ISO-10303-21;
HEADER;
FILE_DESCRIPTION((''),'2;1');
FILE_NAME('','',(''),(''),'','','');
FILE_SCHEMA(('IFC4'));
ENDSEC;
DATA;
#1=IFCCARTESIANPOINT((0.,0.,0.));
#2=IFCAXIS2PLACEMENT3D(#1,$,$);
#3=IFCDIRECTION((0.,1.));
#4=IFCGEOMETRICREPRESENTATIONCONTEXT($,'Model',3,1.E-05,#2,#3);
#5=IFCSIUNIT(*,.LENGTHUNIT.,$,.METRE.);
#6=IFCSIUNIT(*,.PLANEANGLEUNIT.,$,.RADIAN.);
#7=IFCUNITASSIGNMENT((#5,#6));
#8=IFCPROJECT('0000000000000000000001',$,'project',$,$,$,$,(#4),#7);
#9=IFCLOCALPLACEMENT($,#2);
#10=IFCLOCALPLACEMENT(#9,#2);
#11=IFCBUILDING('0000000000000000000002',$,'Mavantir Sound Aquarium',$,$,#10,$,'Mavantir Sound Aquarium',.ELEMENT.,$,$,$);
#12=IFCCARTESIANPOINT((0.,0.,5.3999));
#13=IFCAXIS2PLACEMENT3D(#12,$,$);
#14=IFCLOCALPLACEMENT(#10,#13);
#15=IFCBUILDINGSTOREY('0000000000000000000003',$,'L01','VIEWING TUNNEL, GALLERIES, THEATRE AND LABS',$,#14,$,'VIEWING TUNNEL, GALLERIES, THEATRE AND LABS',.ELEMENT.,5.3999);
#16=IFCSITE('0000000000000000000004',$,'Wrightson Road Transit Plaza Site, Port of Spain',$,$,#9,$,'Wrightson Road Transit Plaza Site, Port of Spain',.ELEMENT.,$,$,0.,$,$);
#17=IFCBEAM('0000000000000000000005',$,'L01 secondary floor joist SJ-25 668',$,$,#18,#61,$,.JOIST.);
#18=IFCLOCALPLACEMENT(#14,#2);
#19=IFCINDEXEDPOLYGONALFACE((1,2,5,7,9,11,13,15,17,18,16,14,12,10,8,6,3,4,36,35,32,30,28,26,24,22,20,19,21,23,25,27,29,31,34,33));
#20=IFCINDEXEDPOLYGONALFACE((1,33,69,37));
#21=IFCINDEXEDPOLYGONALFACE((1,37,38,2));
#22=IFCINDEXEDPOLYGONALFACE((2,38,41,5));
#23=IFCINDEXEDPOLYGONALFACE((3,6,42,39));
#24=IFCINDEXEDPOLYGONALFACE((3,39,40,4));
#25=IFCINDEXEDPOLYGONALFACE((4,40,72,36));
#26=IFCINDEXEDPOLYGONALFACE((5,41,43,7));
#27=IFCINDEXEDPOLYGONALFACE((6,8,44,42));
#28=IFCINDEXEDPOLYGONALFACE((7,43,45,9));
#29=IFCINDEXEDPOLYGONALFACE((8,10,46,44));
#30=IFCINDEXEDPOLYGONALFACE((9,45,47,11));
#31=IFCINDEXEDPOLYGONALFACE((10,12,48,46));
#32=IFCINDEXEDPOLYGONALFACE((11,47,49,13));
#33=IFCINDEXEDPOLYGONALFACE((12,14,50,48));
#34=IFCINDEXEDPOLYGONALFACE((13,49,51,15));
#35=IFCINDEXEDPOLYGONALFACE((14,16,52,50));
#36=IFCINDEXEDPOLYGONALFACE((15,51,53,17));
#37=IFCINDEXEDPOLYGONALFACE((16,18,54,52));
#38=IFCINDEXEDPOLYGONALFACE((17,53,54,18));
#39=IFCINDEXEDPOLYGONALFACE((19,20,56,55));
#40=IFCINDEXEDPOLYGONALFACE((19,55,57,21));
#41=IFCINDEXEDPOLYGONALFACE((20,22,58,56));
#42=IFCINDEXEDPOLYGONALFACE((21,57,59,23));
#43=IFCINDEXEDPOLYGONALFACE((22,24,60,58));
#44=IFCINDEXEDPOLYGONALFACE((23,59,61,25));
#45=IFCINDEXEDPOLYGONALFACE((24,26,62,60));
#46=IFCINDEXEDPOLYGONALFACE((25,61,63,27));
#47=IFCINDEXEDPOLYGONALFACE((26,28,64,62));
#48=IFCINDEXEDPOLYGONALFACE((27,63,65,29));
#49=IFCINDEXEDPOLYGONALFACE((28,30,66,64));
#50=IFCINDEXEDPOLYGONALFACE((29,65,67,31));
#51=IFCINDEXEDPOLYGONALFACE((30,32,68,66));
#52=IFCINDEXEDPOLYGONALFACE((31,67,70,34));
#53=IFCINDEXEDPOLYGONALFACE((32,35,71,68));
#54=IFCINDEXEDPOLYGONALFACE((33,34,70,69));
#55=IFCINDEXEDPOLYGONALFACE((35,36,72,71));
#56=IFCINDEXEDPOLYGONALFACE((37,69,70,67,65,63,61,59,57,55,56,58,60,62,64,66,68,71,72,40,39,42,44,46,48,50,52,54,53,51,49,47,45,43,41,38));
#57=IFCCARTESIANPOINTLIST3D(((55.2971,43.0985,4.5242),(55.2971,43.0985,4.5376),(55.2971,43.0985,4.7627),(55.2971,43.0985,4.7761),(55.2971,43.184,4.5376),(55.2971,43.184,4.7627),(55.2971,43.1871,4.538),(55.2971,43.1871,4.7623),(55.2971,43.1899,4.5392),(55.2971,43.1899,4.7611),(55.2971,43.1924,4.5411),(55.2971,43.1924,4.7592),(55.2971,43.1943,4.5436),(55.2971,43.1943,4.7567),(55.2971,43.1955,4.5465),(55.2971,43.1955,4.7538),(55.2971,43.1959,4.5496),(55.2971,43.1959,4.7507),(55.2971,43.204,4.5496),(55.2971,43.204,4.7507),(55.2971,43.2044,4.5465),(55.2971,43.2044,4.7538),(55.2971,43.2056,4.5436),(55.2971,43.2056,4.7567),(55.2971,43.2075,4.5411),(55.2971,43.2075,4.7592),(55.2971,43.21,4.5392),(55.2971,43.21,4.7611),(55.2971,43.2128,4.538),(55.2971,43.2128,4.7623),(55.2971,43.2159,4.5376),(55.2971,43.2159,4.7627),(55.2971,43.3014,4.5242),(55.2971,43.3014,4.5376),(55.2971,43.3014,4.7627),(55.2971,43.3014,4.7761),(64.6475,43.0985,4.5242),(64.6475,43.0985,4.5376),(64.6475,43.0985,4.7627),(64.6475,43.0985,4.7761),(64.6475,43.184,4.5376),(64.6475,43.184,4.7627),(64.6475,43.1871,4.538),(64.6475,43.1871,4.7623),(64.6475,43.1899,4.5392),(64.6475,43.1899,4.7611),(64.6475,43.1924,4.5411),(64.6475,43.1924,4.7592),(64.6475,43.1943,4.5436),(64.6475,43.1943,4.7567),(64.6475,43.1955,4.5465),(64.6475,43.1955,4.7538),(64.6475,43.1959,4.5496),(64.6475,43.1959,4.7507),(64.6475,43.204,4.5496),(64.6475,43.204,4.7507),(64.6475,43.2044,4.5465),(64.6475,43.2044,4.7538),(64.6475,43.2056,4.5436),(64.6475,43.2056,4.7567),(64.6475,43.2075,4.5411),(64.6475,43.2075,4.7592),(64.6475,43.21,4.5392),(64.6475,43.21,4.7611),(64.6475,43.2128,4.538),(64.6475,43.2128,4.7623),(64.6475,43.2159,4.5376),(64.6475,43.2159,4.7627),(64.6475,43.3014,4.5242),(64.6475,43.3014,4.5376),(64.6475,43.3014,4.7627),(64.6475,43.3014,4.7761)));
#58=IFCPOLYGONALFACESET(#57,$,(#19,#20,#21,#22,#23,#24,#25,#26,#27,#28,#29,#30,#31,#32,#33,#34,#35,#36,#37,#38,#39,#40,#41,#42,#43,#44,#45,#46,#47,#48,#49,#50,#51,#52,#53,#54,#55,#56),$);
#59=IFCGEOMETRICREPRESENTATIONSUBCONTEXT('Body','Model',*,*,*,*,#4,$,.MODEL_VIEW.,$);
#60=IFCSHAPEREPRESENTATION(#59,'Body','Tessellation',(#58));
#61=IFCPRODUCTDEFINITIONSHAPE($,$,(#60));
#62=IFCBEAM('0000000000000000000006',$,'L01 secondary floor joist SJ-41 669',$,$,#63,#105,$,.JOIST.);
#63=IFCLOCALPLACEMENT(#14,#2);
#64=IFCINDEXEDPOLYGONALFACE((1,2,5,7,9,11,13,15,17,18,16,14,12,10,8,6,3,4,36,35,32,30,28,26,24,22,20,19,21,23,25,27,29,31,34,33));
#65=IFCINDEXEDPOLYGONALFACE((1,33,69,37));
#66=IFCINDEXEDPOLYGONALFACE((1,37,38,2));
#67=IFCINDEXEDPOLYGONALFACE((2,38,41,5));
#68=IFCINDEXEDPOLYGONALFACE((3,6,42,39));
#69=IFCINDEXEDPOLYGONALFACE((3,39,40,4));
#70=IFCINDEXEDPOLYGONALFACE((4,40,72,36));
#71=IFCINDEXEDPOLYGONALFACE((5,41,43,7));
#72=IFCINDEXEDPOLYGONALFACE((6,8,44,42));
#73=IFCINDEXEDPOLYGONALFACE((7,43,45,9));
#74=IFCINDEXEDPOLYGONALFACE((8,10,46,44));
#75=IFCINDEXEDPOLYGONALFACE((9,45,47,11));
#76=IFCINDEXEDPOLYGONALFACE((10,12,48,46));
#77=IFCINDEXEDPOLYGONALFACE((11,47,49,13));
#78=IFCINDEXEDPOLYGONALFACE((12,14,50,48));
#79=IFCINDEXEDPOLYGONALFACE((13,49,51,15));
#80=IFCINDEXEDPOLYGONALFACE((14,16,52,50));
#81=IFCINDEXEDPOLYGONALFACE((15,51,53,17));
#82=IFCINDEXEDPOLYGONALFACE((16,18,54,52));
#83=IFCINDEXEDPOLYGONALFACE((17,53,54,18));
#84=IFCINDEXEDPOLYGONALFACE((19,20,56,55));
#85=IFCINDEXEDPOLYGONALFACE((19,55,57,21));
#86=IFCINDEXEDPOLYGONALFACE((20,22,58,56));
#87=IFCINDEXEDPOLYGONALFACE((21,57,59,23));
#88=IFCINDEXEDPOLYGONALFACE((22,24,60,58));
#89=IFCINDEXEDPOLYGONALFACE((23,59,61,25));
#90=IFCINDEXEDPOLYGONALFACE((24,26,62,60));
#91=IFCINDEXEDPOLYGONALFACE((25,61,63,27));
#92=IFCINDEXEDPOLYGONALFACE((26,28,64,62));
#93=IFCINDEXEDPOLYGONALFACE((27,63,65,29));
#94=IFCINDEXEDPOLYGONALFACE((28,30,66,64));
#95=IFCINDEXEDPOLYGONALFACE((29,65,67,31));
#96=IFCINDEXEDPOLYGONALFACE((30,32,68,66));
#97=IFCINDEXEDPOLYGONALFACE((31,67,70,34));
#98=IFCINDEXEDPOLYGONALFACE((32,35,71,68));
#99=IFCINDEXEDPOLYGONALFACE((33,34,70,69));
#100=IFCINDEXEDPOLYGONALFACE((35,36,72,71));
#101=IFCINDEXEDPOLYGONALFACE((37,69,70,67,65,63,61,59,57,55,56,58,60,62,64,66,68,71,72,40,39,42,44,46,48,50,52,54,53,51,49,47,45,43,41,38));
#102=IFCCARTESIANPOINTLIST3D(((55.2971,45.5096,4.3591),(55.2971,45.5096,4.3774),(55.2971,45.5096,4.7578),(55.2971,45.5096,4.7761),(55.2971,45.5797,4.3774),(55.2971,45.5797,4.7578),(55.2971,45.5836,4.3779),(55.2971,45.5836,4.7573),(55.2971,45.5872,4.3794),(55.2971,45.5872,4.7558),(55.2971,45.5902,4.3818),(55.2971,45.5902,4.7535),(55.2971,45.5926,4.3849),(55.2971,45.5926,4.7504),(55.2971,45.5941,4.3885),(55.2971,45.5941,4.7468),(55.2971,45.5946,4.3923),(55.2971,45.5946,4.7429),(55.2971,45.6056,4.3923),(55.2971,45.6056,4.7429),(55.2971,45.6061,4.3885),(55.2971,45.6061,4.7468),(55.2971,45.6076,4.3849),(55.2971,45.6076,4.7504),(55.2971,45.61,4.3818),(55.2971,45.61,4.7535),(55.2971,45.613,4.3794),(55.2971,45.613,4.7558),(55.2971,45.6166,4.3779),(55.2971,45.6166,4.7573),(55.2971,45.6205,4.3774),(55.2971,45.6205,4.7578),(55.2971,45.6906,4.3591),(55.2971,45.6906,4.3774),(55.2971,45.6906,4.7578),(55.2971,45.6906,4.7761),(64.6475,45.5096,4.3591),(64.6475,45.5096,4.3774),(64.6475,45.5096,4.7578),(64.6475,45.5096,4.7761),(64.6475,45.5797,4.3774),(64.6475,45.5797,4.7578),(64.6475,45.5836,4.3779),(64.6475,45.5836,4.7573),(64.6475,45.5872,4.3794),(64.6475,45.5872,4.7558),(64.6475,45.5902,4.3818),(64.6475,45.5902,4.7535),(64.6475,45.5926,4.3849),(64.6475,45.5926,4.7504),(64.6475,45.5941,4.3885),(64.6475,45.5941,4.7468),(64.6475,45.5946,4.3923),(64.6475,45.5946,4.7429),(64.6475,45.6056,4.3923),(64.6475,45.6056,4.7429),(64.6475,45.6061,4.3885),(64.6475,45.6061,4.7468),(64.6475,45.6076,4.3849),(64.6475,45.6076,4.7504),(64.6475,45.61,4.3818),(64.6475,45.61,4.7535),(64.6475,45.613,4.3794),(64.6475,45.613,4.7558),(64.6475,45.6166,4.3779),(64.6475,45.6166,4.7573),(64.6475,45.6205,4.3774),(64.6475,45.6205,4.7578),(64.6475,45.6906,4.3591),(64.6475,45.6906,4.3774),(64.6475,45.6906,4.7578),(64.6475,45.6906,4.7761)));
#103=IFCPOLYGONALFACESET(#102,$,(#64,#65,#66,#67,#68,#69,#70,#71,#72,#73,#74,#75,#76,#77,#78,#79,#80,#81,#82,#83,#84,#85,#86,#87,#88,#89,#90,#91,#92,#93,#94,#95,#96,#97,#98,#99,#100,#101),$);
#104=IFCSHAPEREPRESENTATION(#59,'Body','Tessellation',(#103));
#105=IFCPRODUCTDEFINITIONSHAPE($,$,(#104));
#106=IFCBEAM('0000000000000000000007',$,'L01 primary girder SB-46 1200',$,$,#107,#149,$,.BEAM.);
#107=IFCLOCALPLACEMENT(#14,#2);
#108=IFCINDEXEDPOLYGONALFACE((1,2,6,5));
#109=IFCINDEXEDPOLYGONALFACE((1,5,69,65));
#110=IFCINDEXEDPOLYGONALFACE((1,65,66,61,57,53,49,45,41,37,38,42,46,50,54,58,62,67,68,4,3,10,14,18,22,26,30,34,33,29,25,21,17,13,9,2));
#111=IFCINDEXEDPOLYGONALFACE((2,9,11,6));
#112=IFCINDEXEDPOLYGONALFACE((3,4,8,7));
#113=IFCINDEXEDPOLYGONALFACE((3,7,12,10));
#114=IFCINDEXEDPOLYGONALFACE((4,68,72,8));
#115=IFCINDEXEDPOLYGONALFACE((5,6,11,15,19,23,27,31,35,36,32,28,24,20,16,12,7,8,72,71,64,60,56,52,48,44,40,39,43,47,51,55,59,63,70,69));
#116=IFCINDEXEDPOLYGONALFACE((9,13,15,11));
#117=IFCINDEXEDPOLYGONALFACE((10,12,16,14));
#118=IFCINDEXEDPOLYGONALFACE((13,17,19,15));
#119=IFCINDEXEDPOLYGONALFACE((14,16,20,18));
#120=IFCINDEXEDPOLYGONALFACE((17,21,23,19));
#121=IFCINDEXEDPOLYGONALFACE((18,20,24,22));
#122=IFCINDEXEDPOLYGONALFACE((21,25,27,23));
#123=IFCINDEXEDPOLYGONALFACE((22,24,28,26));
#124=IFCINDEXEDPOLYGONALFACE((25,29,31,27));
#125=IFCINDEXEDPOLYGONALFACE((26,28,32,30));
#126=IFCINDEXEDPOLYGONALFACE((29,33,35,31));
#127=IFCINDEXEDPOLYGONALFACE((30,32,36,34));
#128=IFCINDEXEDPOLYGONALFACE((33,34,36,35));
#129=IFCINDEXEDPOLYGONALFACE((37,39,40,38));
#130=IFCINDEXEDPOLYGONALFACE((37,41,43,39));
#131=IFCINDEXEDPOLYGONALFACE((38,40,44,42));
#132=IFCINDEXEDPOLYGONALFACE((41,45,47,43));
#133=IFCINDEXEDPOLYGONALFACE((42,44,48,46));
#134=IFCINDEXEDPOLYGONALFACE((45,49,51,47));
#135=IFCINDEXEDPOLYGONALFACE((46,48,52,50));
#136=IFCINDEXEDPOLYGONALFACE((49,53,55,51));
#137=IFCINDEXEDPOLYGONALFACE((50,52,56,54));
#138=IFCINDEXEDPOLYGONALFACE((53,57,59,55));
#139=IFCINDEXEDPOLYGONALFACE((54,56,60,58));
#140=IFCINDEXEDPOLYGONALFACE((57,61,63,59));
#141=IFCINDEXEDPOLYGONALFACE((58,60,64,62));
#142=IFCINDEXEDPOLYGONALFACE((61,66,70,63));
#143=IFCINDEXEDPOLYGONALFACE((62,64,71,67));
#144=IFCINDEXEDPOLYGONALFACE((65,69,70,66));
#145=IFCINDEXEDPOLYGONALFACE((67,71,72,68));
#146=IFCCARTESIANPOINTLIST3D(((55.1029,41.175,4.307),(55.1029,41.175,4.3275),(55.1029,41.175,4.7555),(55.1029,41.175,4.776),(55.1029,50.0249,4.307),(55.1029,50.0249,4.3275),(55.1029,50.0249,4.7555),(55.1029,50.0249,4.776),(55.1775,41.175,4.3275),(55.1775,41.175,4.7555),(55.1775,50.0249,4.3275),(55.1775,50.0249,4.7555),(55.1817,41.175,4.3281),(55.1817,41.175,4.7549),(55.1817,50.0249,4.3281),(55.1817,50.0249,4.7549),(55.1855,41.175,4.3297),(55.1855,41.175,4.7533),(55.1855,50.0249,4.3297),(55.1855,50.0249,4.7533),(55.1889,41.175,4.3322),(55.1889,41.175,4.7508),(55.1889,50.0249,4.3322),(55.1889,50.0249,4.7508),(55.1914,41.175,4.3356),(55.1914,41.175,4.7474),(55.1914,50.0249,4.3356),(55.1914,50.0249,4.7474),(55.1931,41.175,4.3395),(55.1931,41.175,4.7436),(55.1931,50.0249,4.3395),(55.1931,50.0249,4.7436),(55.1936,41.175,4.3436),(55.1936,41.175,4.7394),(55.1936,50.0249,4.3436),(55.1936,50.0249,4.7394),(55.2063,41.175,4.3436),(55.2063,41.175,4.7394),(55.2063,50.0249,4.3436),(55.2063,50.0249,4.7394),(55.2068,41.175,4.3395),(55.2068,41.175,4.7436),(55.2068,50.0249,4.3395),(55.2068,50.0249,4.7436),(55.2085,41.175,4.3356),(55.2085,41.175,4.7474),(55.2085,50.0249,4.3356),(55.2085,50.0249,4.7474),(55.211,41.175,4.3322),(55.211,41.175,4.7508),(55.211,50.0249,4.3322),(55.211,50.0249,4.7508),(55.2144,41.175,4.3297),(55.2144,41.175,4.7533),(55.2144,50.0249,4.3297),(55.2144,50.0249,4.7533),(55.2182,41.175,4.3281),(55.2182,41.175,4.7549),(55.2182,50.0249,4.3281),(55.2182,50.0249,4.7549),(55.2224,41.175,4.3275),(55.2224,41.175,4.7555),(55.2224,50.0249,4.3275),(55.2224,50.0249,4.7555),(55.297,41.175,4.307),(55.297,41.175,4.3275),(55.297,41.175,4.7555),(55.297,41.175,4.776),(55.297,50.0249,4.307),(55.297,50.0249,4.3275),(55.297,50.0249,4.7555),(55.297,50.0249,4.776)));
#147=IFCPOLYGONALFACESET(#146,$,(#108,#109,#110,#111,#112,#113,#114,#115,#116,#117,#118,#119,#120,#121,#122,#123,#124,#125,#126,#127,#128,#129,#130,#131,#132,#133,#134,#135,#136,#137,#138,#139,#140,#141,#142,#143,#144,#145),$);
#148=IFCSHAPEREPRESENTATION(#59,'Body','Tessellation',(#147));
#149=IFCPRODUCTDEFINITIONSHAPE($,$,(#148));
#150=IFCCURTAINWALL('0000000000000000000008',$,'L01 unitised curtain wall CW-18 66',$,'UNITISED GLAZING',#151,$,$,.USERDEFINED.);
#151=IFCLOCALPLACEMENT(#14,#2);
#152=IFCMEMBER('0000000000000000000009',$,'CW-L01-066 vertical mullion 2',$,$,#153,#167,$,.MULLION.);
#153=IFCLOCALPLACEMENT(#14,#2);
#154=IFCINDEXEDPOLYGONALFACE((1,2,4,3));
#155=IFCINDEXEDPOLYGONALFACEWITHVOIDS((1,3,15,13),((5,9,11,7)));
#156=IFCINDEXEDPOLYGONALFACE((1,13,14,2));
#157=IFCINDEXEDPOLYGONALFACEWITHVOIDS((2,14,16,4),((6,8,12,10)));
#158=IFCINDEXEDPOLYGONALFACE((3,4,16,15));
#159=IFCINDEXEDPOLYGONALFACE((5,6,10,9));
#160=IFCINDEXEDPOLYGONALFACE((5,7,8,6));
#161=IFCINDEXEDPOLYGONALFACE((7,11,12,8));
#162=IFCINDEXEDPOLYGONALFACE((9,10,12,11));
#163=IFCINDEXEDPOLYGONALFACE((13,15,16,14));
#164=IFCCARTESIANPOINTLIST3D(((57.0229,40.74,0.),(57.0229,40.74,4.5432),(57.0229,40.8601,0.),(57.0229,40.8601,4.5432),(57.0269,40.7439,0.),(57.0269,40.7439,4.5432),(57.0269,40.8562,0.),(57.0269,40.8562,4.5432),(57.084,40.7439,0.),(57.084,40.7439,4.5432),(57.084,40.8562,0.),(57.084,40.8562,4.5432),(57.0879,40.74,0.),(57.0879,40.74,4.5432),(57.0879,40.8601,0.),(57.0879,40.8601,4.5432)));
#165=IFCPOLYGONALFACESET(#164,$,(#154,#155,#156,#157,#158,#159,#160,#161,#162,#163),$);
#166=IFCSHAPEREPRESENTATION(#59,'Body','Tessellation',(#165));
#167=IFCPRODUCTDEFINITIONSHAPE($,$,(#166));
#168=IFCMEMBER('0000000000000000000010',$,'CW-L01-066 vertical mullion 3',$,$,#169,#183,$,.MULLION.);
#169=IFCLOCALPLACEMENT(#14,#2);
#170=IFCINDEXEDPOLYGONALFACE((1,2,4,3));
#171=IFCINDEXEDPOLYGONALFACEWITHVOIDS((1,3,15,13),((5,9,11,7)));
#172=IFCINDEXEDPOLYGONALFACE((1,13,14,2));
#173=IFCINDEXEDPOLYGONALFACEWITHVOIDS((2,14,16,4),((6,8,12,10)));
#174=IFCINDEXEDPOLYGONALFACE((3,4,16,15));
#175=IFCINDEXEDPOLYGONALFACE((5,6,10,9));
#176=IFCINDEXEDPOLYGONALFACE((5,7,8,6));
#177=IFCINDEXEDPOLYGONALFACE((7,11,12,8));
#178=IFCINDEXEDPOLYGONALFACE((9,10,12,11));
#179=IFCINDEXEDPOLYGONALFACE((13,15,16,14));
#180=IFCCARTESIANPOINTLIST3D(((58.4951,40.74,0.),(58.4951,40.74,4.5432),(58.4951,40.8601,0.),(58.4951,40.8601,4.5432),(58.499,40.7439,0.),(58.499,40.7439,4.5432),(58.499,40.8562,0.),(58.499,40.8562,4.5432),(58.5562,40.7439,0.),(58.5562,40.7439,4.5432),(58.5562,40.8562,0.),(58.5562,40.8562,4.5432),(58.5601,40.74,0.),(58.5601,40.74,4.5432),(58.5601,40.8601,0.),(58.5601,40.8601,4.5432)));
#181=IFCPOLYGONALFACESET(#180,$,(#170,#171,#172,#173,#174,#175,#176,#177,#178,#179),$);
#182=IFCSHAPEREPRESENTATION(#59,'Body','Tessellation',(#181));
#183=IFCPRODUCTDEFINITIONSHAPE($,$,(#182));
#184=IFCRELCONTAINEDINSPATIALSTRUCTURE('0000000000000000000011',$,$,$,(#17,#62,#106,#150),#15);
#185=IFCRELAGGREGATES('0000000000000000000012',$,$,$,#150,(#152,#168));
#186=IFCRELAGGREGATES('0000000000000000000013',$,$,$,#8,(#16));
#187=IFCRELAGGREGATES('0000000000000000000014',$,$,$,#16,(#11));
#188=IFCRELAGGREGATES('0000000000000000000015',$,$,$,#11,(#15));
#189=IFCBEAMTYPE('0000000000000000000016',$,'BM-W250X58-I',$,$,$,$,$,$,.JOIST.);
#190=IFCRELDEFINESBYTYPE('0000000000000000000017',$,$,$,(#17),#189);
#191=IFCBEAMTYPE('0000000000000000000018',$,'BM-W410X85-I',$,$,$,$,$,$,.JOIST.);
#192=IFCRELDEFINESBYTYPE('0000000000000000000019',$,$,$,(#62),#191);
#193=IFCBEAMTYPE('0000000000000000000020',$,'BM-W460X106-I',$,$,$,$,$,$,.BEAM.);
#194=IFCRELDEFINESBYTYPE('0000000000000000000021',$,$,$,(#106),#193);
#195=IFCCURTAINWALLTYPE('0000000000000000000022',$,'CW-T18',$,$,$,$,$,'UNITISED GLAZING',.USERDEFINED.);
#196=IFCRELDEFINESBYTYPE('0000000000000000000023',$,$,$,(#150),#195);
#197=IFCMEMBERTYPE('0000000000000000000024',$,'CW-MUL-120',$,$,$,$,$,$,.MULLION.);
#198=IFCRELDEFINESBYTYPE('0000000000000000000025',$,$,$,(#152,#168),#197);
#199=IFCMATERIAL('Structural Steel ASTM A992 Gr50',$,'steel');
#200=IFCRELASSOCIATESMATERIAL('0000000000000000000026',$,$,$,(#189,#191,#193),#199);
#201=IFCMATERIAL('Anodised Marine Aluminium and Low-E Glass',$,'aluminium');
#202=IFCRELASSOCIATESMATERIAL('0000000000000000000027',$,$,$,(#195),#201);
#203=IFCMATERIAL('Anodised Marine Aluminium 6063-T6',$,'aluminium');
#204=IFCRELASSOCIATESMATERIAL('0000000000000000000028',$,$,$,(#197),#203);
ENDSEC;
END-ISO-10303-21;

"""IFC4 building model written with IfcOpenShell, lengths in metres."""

from ifc_helpers import new_model, si_unit, direction, frame, origin, origin_2d, place, context, subcontext, project, spatial, hollow_rectangle, i_section, extrude, material, material_profile, profile_set, type_object, element, aggregate, save


model = new_model("IFC4")

# Units and contexts
model_context = context("Model", 3, precision=1e-05, world=origin(), true_north=direction((0.0, 1.0)))
body_context = subcontext(model_context, "Body", "Model", "MODEL_VIEW")
ifc_project = project(units=[si_unit("LENGTHUNIT", "METRE"), si_unit("PLANEANGLEUNIT", "RADIAN")], contexts=[model_context])

# Site, building, storey
site_placement = place(None, origin())
site = spatial("IfcSite", under=ifc_project, at=site_placement, Name="Wrightson Road Transit Plaza Site, Port of Spain", LongName="Wrightson Road Transit Plaza Site, Port of Spain", CompositionType="ELEMENT", RefElevation=0.0)
building_placement = place(site_placement, origin())
building = spatial("IfcBuilding", under=site, at=building_placement, Name="Mavantir Sound Aquarium", LongName="Mavantir Sound Aquarium", CompositionType="ELEMENT")
storey_placement = place(building_placement, frame((0.0, 0.0, 5.3999)))
storey = spatial("IfcBuildingStorey", under=building, at=storey_placement, Name="L01", Description="VIEWING TUNNEL, GALLERIES, THEATRE AND LABS", LongName="VIEWING TUNNEL, GALLERIES, THEATRE AND LABS", CompositionType="ELEMENT", Elevation=5.3999)

# Beams
ifc_material_1 = material(Name="Structural Steel ASTM A992 Gr50", Category="steel")
ifc_material_profile_1 = material_profile(ifc_material_1, i_section(OverallWidth=0.2029, OverallDepth=0.252, WebThickness=0.0081, FlangeThickness=0.0134, FilletRadius=0.012, at=origin_2d()), Name="W250X58")
ifc_profile_set_1 = profile_set([ifc_material_profile_1], Name="Structural Steel ASTM A992 Gr50")
beam_type_1 = type_object("IfcBeamType", Name="BM-W250X58-I", PredefinedType="JOIST", material=ifc_profile_set_1)
beam_1_placement = place(storey_placement, frame((55.2971, 43.2, 4.6501), z_axis=(1.0, 0.0, 0.0), x_axis=(0.0, 1.0, 0.0)))
element("IfcBeam", 1, at=beam_1_placement, inside=storey, type_object=beam_type_1, Name="L01 secondary floor joist SJ-25 668", PredefinedType="JOIST", context=body_context, shape_type="SweptSolid", body=[
    extrude(i_section(OverallWidth=0.2029, OverallDepth=0.252, WebThickness=0.0081, FlangeThickness=0.0134, FilletRadius=0.012, at=origin_2d()), origin(), (0.0, 0.0, 1.0), 9.3503),
])
ifc_material_profile_2 = material_profile(ifc_material_1, i_section(OverallWidth=0.1809, OverallDepth=0.417, WebThickness=0.011, FlangeThickness=0.0183, FilletRadius=0.0149, at=origin_2d()), Name="W410X85")
ifc_profile_set_2 = profile_set([ifc_material_profile_2], Name="Structural Steel ASTM A992 Gr50")
beam_type_2 = type_object("IfcBeamType", Name="BM-W410X85-I", PredefinedType="JOIST", material=ifc_profile_set_2)
beam_2_placement = place(storey_placement, frame((55.2971, 45.6001, 4.5676), z_axis=(1.0, 0.0, 0.0), x_axis=(0.0, 1.0, 0.0)))
element("IfcBeam", 2, at=beam_2_placement, inside=storey, type_object=beam_type_2, Name="L01 secondary floor joist SJ-41 669", PredefinedType="JOIST", context=body_context, shape_type="SweptSolid", body=[
    extrude(i_section(OverallWidth=0.1809, OverallDepth=0.417, WebThickness=0.011, FlangeThickness=0.0183, FilletRadius=0.0149, at=origin_2d()), origin(), (0.0, 0.0, 1.0), 9.3503),
])
ifc_material_profile_3 = material_profile(ifc_material_1, i_section(OverallWidth=0.1941, OverallDepth=0.469, WebThickness=0.0127, FlangeThickness=0.0205, FilletRadius=0.0161, at=origin_2d()), Name="W460X106")
ifc_profile_set_3 = profile_set([ifc_material_profile_3], Name="Structural Steel ASTM A992 Gr50")
beam_type_3 = type_object("IfcBeamType", Name="BM-W460X106-I", PredefinedType="BEAM", material=ifc_profile_set_3)
beam_3_placement = place(storey_placement, frame((55.2, 41.175, 4.5415), z_axis=(0.0, 1.0, 0.0), x_axis=(-1.0, 0.0, 0.0)))
element("IfcBeam", 3, at=beam_3_placement, inside=storey, type_object=beam_type_3, Name="L01 primary girder SB-46 1200", PredefinedType="BEAM", context=body_context, shape_type="SweptSolid", body=[
    extrude(i_section(OverallWidth=0.1941, OverallDepth=0.469, WebThickness=0.0127, FlangeThickness=0.0205, FilletRadius=0.0161, at=origin_2d()), origin(), (0.0, 0.0, 1.0), 8.8499),
])

# Curtain wall, members
ifc_material_2 = material(Name="Anodised Marine Aluminium and Low-E Glass", Category="aluminium")
curtain_wall_type = type_object("IfcCurtainWallType", Name="CW-T18", ElementType="UNITISED GLAZING", PredefinedType="USERDEFINED", material=ifc_material_2)
curtain_wall_placement = place(storey_placement, origin())
curtain_wall = element("IfcCurtainWall", 4, at=curtain_wall_placement, inside=storey, type_object=curtain_wall_type, Name="L01 unitised curtain wall CW-18 66", ObjectType="UNITISED GLAZING", PredefinedType="USERDEFINED")
ifc_material_3 = material(Name="Anodised Marine Aluminium 6063-T6", Category="aluminium")
ifc_material_profile_4 = material_profile(ifc_material_3, hollow_rectangle(XDim=0.0649, YDim=0.1201, WallThickness=0.0039, at=origin_2d()), Name="ALU-MULLION-120X65")
ifc_profile_set_4 = profile_set([ifc_material_profile_4], Name="Anodised Marine Aluminium 6063-T6")
member_type_1 = type_object("IfcMemberType", Name="CW-MUL-120", PredefinedType="MULLION", material=ifc_profile_set_4)
member_1_placement = place(storey_placement, frame((57.0554, 40.8, 0.0), z_axis=(0.0, 0.0, 1.0), x_axis=(1.0, 0.0, 0.0)))
member_1 = element("IfcMember", 5, at=member_1_placement, type_object=member_type_1, Name="CW-L01-066 vertical mullion 2", PredefinedType="MULLION", context=body_context, shape_type="SweptSolid", body=[
    extrude(hollow_rectangle(XDim=0.0649, YDim=0.1201, WallThickness=0.0039, at=origin_2d()), origin(), (0.0, 0.0, 1.0), 4.5432),
])
member_2_placement = place(storey_placement, frame((58.5276, 40.8, 0.0), z_axis=(0.0, 0.0, 1.0), x_axis=(1.0, 0.0, 0.0)))
member_2 = element("IfcMember", 6, at=member_2_placement, type_object=member_type_1, Name="CW-L01-066 vertical mullion 3", PredefinedType="MULLION", context=body_context, shape_type="SweptSolid", body=[
    extrude(hollow_rectangle(XDim=0.0649, YDim=0.1201, WallThickness=0.0039, at=origin_2d()), origin(), (0.0, 0.0, 1.0), 4.5432),
])
aggregate(curtain_wall, [member_1, member_2])

save(model, "model.ifc")
